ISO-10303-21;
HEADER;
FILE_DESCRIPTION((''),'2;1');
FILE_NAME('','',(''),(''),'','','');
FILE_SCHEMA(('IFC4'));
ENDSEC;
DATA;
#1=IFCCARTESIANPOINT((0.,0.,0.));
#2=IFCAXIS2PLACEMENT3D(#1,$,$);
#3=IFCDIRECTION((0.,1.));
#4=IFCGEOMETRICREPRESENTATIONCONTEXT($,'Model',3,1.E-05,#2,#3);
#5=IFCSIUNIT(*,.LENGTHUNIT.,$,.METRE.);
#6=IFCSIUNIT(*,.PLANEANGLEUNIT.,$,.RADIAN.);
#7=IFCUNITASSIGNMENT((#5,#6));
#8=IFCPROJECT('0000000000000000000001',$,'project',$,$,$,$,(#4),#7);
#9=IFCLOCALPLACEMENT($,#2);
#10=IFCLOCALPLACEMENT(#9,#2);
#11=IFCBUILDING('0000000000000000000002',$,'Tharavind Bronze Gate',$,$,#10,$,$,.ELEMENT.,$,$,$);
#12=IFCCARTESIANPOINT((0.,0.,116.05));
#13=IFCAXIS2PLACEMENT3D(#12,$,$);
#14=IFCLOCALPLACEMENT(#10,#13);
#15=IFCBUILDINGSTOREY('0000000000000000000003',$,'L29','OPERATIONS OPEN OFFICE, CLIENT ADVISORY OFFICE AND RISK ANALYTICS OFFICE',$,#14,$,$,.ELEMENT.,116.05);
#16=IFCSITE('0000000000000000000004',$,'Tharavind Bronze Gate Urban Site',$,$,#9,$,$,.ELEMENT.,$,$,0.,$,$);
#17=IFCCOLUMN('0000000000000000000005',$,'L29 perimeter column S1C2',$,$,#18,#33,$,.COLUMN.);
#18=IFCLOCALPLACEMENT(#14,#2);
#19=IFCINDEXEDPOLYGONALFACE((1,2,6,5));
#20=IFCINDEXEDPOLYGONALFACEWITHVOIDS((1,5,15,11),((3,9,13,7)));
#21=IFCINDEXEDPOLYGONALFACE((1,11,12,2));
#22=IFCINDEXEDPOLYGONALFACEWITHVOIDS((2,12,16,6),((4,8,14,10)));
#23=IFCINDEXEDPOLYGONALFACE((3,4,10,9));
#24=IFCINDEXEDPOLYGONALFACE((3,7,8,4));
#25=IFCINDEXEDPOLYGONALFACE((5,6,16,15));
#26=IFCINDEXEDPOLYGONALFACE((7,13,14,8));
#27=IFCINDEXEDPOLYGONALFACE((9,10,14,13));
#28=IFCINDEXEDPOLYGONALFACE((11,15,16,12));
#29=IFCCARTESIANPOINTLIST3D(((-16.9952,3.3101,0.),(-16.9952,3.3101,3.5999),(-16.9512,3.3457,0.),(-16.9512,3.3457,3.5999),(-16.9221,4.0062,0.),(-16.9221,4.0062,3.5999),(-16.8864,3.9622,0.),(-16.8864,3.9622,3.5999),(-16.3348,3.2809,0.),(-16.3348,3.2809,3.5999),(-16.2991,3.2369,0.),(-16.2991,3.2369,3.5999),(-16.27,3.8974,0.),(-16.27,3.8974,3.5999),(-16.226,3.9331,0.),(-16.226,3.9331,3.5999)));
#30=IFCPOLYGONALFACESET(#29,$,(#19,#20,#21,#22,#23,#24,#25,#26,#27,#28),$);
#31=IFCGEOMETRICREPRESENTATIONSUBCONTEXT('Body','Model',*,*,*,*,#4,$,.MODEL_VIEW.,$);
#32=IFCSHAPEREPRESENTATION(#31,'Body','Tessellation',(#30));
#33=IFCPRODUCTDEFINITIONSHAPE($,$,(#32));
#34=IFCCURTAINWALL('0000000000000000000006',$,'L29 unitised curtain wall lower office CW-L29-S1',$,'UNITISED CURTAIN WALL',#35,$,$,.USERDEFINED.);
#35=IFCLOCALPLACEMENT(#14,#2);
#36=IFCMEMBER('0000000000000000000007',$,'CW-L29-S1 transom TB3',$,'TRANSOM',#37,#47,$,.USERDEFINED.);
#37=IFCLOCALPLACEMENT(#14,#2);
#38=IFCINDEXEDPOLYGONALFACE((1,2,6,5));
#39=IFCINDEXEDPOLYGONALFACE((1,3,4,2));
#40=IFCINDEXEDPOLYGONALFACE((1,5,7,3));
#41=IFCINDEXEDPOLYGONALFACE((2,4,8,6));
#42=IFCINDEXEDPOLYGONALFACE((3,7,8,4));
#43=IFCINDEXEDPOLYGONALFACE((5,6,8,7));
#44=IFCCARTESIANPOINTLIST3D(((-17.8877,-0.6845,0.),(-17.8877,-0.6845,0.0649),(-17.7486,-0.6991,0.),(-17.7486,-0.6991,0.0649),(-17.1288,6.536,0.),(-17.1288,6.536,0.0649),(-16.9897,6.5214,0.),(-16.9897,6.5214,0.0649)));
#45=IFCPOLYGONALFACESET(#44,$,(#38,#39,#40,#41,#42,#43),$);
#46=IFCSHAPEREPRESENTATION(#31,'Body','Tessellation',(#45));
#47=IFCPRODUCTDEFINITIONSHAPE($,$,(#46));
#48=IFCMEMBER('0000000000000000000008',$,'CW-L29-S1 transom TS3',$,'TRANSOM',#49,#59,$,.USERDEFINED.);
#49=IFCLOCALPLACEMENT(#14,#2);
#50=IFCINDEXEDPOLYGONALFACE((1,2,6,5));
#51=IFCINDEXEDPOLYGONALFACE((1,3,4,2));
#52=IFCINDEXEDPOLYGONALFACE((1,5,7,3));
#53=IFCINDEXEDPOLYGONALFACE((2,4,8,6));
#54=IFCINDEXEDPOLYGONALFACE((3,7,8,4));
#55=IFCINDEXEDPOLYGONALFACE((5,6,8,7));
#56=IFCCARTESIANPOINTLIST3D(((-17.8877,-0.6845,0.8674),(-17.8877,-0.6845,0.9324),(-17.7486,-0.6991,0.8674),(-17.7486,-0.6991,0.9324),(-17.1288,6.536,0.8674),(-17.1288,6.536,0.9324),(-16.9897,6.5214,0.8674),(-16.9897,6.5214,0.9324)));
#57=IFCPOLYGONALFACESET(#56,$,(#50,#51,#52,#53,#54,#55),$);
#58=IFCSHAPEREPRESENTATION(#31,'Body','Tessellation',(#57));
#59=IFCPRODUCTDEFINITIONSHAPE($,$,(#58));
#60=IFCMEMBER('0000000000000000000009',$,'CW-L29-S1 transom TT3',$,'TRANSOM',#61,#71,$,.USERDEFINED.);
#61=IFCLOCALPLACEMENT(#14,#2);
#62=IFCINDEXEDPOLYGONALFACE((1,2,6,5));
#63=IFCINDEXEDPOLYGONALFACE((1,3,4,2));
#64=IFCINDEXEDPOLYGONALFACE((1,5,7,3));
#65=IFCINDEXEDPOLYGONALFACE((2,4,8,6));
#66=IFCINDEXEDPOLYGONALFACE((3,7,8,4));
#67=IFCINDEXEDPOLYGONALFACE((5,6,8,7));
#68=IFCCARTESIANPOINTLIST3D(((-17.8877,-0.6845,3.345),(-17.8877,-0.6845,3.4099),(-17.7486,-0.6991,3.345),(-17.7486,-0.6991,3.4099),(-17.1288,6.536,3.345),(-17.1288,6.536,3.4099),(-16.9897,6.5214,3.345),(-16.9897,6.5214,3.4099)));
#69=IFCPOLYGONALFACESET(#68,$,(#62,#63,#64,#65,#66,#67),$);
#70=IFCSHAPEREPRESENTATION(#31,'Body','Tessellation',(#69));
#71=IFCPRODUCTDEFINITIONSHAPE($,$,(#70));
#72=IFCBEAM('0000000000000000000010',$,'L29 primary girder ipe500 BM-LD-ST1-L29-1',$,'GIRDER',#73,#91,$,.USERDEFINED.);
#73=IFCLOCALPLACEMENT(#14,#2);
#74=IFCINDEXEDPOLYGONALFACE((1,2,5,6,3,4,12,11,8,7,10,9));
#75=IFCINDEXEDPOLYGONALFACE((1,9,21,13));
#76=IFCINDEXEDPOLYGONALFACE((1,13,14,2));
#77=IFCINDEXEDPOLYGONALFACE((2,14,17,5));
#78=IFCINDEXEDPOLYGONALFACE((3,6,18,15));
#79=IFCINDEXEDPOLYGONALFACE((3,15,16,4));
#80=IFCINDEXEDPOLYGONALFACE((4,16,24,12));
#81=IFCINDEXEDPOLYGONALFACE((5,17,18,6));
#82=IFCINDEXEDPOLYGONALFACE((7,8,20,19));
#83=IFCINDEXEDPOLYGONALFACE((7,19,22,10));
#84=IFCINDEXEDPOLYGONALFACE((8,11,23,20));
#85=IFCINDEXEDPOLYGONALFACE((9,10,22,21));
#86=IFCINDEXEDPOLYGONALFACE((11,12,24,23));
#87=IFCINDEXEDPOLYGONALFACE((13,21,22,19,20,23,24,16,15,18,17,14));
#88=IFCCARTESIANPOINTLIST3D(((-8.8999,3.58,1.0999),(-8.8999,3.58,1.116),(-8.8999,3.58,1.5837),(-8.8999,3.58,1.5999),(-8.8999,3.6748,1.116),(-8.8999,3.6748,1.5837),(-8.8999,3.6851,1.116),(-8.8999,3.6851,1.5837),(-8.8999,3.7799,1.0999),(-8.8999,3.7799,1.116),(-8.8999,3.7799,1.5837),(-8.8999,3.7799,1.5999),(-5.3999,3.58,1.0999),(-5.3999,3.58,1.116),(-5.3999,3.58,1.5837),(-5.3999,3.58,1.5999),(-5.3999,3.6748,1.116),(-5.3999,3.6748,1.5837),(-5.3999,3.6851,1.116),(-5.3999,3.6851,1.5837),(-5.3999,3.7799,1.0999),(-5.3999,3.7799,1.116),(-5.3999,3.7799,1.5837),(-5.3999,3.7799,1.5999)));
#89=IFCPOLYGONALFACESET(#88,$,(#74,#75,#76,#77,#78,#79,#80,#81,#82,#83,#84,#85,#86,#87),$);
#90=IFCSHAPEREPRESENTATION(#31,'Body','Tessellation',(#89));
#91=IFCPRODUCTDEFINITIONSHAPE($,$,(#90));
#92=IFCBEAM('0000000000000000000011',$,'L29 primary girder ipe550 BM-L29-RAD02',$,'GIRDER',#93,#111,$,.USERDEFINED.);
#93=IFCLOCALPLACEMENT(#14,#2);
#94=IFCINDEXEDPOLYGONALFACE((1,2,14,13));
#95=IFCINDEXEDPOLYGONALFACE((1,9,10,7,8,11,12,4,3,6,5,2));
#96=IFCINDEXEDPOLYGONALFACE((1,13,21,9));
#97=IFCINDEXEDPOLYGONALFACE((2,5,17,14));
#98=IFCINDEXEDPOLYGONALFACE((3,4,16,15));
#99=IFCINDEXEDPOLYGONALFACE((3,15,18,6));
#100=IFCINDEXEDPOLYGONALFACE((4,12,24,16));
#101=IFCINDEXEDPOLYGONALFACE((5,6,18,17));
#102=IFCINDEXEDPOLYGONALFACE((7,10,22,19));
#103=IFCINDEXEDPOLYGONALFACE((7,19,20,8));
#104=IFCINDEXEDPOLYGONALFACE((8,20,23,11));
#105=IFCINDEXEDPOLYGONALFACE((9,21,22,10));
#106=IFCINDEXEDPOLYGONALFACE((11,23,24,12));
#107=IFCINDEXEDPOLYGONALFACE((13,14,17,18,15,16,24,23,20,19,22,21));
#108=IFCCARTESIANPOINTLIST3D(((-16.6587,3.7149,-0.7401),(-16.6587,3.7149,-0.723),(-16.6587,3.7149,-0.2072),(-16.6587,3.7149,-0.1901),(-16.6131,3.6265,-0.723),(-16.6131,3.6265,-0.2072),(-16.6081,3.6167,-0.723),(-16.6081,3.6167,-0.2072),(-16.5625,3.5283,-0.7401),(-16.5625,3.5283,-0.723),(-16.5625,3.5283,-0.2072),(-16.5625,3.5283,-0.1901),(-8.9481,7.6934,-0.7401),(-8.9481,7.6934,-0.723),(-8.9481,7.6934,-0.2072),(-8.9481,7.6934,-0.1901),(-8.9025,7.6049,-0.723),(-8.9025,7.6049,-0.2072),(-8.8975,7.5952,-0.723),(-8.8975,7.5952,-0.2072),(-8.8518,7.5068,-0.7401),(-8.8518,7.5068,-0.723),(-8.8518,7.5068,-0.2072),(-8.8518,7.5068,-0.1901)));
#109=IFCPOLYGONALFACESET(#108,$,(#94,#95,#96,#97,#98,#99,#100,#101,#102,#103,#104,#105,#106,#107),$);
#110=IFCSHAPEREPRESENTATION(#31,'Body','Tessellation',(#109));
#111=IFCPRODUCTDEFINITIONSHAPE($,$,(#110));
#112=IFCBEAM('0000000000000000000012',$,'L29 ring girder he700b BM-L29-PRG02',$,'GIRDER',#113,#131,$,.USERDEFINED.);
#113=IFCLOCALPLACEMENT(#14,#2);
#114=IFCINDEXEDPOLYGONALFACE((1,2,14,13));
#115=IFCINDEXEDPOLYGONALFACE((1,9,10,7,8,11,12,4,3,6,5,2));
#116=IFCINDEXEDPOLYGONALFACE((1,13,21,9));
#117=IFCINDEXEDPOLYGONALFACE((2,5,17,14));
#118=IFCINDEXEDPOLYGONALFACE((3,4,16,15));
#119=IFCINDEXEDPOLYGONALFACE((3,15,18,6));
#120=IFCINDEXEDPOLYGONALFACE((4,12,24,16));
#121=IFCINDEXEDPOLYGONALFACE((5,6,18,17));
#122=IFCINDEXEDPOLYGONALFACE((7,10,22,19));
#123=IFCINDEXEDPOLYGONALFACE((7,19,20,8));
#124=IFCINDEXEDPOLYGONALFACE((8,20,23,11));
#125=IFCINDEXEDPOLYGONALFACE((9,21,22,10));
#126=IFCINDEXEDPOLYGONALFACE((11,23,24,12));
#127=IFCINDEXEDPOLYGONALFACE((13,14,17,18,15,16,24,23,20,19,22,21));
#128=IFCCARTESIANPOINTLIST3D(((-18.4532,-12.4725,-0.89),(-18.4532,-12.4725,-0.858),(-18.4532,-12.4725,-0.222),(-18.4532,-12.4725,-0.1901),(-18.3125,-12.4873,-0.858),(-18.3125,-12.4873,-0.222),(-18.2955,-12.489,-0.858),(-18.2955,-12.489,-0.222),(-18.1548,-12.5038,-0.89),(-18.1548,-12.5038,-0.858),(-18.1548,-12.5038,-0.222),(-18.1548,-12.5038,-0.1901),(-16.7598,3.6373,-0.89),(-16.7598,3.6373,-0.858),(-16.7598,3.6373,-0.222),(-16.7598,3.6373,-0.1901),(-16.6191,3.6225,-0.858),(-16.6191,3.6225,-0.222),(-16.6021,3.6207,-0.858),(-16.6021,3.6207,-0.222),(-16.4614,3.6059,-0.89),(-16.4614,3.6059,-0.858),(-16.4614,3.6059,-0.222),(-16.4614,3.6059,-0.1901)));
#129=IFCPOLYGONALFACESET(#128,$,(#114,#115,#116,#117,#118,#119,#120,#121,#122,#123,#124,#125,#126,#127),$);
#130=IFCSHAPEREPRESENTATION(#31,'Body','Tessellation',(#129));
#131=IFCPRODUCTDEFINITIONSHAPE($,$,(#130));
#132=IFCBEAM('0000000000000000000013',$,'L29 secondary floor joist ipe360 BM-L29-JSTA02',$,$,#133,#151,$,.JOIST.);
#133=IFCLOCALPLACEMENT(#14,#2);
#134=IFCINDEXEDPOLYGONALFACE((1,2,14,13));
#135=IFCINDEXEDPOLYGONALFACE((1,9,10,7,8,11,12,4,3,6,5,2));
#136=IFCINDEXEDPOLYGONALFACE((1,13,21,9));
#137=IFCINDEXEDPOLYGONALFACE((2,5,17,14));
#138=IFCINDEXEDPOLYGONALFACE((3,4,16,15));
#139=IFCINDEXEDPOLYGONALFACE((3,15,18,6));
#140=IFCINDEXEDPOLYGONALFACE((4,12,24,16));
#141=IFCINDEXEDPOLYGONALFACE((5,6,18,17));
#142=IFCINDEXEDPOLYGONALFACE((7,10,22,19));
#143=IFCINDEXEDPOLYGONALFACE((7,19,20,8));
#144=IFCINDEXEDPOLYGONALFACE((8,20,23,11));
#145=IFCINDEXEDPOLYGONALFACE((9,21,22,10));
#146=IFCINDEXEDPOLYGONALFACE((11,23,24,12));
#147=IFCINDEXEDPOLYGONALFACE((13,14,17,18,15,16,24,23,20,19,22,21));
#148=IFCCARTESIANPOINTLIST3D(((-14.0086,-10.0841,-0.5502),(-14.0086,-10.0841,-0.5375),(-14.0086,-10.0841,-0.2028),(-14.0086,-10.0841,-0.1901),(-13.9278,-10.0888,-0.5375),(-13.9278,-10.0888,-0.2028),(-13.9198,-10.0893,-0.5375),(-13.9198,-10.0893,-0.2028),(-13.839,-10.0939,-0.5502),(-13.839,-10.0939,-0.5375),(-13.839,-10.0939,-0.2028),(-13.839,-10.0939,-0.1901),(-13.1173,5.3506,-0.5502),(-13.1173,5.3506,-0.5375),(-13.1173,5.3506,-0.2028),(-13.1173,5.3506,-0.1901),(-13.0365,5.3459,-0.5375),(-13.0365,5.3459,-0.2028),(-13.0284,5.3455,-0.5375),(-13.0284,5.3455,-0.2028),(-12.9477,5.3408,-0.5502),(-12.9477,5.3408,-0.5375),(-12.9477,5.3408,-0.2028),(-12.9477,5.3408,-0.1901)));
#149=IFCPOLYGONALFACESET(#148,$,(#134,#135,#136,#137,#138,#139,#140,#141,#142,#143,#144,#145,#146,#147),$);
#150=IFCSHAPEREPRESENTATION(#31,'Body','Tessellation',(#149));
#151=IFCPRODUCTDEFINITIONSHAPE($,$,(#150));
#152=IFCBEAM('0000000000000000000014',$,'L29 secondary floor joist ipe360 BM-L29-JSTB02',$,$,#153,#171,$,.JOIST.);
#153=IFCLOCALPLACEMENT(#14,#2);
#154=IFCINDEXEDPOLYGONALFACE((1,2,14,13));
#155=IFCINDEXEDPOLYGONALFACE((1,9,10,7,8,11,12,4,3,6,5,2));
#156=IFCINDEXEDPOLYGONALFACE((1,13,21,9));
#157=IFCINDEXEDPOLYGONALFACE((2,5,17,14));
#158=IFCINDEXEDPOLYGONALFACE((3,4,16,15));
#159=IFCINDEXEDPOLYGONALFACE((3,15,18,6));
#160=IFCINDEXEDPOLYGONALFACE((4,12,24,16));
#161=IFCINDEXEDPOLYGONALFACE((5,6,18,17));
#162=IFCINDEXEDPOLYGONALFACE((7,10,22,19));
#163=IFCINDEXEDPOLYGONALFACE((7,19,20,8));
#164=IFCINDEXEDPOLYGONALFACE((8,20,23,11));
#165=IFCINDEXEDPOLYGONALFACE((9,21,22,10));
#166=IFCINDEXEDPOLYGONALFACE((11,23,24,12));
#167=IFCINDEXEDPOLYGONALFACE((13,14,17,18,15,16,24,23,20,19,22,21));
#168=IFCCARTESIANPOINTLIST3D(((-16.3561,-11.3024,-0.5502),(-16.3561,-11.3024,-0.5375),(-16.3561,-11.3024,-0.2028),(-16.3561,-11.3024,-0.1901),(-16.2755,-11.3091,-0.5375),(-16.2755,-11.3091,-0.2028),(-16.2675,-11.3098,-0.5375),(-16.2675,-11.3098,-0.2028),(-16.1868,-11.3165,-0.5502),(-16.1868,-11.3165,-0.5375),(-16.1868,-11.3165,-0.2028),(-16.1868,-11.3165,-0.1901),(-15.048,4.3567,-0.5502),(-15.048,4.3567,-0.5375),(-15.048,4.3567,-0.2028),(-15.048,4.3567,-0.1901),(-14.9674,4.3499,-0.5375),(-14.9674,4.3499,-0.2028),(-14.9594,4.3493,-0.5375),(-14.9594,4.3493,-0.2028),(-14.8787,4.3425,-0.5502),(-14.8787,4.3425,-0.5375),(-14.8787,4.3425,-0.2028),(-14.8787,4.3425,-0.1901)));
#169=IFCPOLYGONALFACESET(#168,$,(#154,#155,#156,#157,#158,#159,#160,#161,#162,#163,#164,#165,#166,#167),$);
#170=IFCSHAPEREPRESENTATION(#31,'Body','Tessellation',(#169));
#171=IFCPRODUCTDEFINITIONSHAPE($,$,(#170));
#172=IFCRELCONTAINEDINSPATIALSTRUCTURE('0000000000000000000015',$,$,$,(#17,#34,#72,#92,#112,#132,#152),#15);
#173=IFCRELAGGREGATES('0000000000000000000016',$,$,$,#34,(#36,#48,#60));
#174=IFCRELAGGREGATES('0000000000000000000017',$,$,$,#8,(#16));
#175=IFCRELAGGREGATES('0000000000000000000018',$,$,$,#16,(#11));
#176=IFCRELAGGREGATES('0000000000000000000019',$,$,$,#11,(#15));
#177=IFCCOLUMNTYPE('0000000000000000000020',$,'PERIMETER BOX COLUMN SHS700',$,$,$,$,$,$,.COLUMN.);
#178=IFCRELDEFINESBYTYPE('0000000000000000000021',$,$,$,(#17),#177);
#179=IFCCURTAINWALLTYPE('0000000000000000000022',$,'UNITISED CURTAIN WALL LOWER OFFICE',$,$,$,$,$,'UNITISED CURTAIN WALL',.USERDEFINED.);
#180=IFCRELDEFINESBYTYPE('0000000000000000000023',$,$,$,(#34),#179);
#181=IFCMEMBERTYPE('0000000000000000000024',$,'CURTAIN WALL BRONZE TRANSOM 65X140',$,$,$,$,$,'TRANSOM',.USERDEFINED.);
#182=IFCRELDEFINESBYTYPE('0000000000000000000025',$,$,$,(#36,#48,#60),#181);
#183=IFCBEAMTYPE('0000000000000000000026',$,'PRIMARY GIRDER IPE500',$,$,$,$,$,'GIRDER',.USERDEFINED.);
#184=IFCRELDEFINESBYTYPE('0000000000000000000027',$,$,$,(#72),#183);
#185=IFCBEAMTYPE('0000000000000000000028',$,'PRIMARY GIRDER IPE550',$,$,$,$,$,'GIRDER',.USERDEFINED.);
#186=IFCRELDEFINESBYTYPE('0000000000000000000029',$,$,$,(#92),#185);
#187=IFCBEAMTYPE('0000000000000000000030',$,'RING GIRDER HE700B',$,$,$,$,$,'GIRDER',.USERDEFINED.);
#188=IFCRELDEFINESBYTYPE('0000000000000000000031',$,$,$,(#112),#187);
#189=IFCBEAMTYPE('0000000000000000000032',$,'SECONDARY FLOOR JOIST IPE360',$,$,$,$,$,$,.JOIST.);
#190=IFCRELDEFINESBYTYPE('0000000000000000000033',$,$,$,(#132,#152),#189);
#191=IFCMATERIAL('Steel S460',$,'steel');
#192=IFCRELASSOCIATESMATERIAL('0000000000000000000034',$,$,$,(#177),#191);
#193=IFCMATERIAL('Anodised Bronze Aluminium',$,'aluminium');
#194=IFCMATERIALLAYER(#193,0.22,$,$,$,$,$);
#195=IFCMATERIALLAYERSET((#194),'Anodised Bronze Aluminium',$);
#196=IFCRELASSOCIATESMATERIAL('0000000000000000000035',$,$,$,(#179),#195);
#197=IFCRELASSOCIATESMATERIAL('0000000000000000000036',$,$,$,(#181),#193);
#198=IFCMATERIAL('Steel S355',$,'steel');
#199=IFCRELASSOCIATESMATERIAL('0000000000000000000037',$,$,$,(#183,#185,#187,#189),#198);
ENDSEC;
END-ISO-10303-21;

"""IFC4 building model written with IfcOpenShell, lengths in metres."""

from ifc_helpers import new_model, si_unit, direction, frame, origin, origin_2d, place, context, subcontext, project, spatial, rectangle, hollow_rectangle, i_section, extrude, material, layer, layer_set, material_profile, profile_set, type_object, element, aggregate, save


model = new_model("IFC4")

# Units and contexts
model_context = context("Model", 3, precision=1e-05, world=origin(), true_north=direction((0.0, 1.0)))
body_context = subcontext(model_context, "Body", "Model", "MODEL_VIEW")
ifc_project = project(units=[si_unit("LENGTHUNIT", "METRE"), si_unit("PLANEANGLEUNIT", "RADIAN")], contexts=[model_context])

# Site, building, storey
site_placement = place(None, origin())
site = spatial("IfcSite", under=ifc_project, at=site_placement, Name="Tharavind Bronze Gate Urban Site", CompositionType="ELEMENT", RefElevation=0.0)
building_placement = place(site_placement, origin())
building = spatial("IfcBuilding", under=site, at=building_placement, Name="Tharavind Bronze Gate", CompositionType="ELEMENT")
storey_placement = place(building_placement, frame((0.0, 0.0, 116.05)))
storey = spatial("IfcBuildingStorey", under=building, at=storey_placement, Name="L29", Description="OPERATIONS OPEN OFFICE, CLIENT ADVISORY OFFICE AND RISK ANALYTICS OFFICE", CompositionType="ELEMENT", Elevation=116.05)

# Column
ifc_material_1 = material(Name="Steel S460", Category="steel")
ifc_material_profile_1 = material_profile(ifc_material_1, hollow_rectangle(XDim=0.7, YDim=0.7, WallThickness=0.04, at=origin_2d()), Name="SHS700X40")
ifc_profile_set_1 = profile_set([ifc_material_profile_1], Name="Steel S460")
column_type = type_object("IfcColumnType", Name="PERIMETER BOX COLUMN SHS700", PredefinedType="COLUMN", material=ifc_profile_set_1)
column_placement = place(storey_placement, frame((-16.6106, 3.6216, 0.0), z_axis=(0.0, 0.0, 1.0), x_axis=(0.10453, 0.994522, 0.0)))
element("IfcColumn", 1, at=column_placement, inside=storey, type_object=column_type, Name="L29 perimeter column S1C2", PredefinedType="COLUMN", context=body_context, shape_type="SweptSolid", body=[
    extrude(hollow_rectangle(XDim=0.7, YDim=0.7, WallThickness=0.04, at=origin_2d()), origin(), (0.0, 0.0, 1.0), 3.5999),
])

# Curtain wall, members
ifc_material_2 = material(Name="Anodised Bronze Aluminium", Category="aluminium")
ifc_layer_1 = layer(ifc_material_2, 0.22)
ifc_layer_set_1 = layer_set([ifc_layer_1], Name="Anodised Bronze Aluminium")
curtain_wall_type = type_object("IfcCurtainWallType", Name="UNITISED CURTAIN WALL LOWER OFFICE", ElementType="UNITISED CURTAIN WALL", PredefinedType="USERDEFINED", material=ifc_layer_set_1)
curtain_wall_placement = place(storey_placement, origin())
curtain_wall = element("IfcCurtainWall", 2, at=curtain_wall_placement, inside=storey, type_object=curtain_wall_type, Name="L29 unitised curtain wall lower office CW-L29-S1", ObjectType="UNITISED CURTAIN WALL", PredefinedType="USERDEFINED")
member_type = type_object("IfcMemberType", Name="CURTAIN WALL BRONZE TRANSOM 65X140", ElementType="TRANSOM", PredefinedType="USERDEFINED", material=ifc_material_2)
member_1_placement = place(storey_placement, frame((-17.4387, 2.9185, 0.0), z_axis=(0.0, 0.0, 1.0), x_axis=(-0.104527, -0.994522, 0.0)))
member_1 = element("IfcMember", 3, at=member_1_placement, type_object=member_type, Name="CW-L29-S1 transom TB3", ObjectType="TRANSOM", PredefinedType="USERDEFINED", context=body_context, shape_type="SweptSolid", body=[
    extrude(rectangle(XDim=7.2603, YDim=0.1399, at=origin_2d()), origin(), (0.0, 0.0, 1.0), 0.0649),
])
member_2_placement = place(storey_placement, frame((-17.4387, 2.9185, 0.8674), z_axis=(0.0, 0.0, 1.0), x_axis=(-0.104527, -0.994522, 0.0)))
member_2 = element("IfcMember", 4, at=member_2_placement, type_object=member_type, Name="CW-L29-S1 transom TS3", ObjectType="TRANSOM", PredefinedType="USERDEFINED", context=body_context, shape_type="SweptSolid", body=[
    extrude(rectangle(XDim=7.2603, YDim=0.1399, at=origin_2d()), origin(), (0.0, 0.0, 1.0), 0.0649),
])
member_3_placement = place(storey_placement, frame((-17.4387, 2.9185, 3.345), z_axis=(0.0, 0.0, 1.0), x_axis=(-0.104527, -0.994522, 0.0)))
member_3 = element("IfcMember", 5, at=member_3_placement, type_object=member_type, Name="CW-L29-S1 transom TT3", ObjectType="TRANSOM", PredefinedType="USERDEFINED", context=body_context, shape_type="SweptSolid", body=[
    extrude(rectangle(XDim=7.2603, YDim=0.1399, at=origin_2d()), origin(), (0.0, 0.0, 1.0), 0.0649),
])

# Beams
ifc_material_3 = material(Name="Steel S355", Category="steel")
ifc_material_profile_2 = material_profile(ifc_material_3, i_section(OverallWidth=0.2, OverallDepth=0.5, WebThickness=0.0103, FlangeThickness=0.0161, at=origin_2d()), Name="IPE500")
ifc_profile_set_2 = profile_set([ifc_material_profile_2], Name="Steel S355")
beam_type_1 = type_object("IfcBeamType", Name="PRIMARY GIRDER IPE500", ElementType="GIRDER", PredefinedType="USERDEFINED", material=ifc_profile_set_2)
beam_1_placement = place(storey_placement, frame((-8.8999, 3.6799, 1.3499), z_axis=(1.0, 0.0, 0.0), x_axis=(0.0, 1.0, 0.0)))
element("IfcBeam", 6, at=beam_1_placement, inside=storey, type_object=beam_type_1, Name="L29 primary girder ipe500 BM-LD-ST1-L29-1", ObjectType="GIRDER", PredefinedType="USERDEFINED", context=body_context, shape_type="SweptSolid", body=[
    extrude(i_section(OverallWidth=0.2, OverallDepth=0.5, WebThickness=0.0103, FlangeThickness=0.0161, at=origin_2d()), origin(), (0.0, 0.0, 1.0), 3.5),
])
ifc_material_profile_3 = material_profile(ifc_material_3, i_section(OverallWidth=0.21, OverallDepth=0.55, WebThickness=0.011, FlangeThickness=0.0171, at=origin_2d()), Name="IPE550")
ifc_profile_set_3 = profile_set([ifc_material_profile_3], Name="Steel S355")
beam_type_2 = type_object("IfcBeamType", Name="PRIMARY GIRDER IPE550", ElementType="GIRDER", PredefinedType="USERDEFINED", material=ifc_profile_set_3)
beam_2_placement = place(storey_placement, frame((-16.6106, 3.6216, -0.4651), z_axis=(0.888677, 0.458534, 0.0), x_axis=(-0.458534, 0.888677, 0.0)))
element("IfcBeam", 7, at=beam_2_placement, inside=storey, type_object=beam_type_2, Name="L29 primary girder ipe550 BM-L29-RAD02", ObjectType="GIRDER", PredefinedType="USERDEFINED", context=body_context, shape_type="SweptSolid", body=[
    extrude(i_section(OverallWidth=0.21, OverallDepth=0.55, WebThickness=0.011, FlangeThickness=0.0171, at=origin_2d()), origin(), (0.0, 0.0, 1.0), 8.6765),
])
ifc_material_profile_4 = material_profile(ifc_material_3, i_section(OverallWidth=0.3, OverallDepth=0.7, WebThickness=0.0171, FlangeThickness=0.032, at=origin_2d()), Name="HE700B")
ifc_profile_set_4 = profile_set([ifc_material_profile_4], Name="Steel S355")
beam_type_3 = type_object("IfcBeamType", Name="RING GIRDER HE700B", ElementType="GIRDER", PredefinedType="USERDEFINED", material=ifc_profile_set_4)
beam_3_placement = place(storey_placement, frame((-16.6106, 3.6216, -0.54), z_axis=(-0.104539, -0.994521, 0.0), x_axis=(0.994521, -0.104539, 0.0)))
element("IfcBeam", 8, at=beam_3_placement, inside=storey, type_object=beam_type_3, Name="L29 ring girder he700b BM-L29-PRG02", ObjectType="GIRDER", PredefinedType="USERDEFINED", context=body_context, shape_type="SweptSolid", body=[
    extrude(i_section(OverallWidth=0.3, OverallDepth=0.7, WebThickness=0.0171, FlangeThickness=0.032, at=origin_2d()), origin(), (0.0, 0.0, 1.0), 16.1985),
])
ifc_material_profile_5 = material_profile(ifc_material_3, i_section(OverallWidth=0.1699, OverallDepth=0.3601, WebThickness=0.0081, FlangeThickness=0.0127, at=origin_2d()), Name="IPE360")
ifc_profile_set_5 = profile_set([ifc_material_profile_5], Name="Steel S355")
beam_type_4 = type_object("IfcBeamType", Name="SECONDARY FLOOR JOIST IPE360", PredefinedType="JOIST", material=ifc_profile_set_5)
beam_4_placement = place(storey_placement, frame((-13.0325, 5.3457, -0.3701), z_axis=(-0.057654, -0.998337, 0.0), x_axis=(0.998337, -0.057654, 0.0)))
element("IfcBeam", 9, at=beam_4_placement, inside=storey, type_object=beam_type_4, Name="L29 secondary floor joist ipe360 BM-L29-JSTA02", PredefinedType="JOIST", context=body_context, shape_type="SweptSolid", body=[
    extrude(i_section(OverallWidth=0.1699, OverallDepth=0.3601, WebThickness=0.0081, FlangeThickness=0.0127, at=origin_2d()), origin(), (0.0, 0.0, 1.0), 15.4604),
])
beam_5_placement = place(storey_placement, frame((-14.9634, 4.3496, -0.3701), z_axis=(-0.083246, -0.996529, 0.0), x_axis=(0.996529, -0.083246, 0.0)))
element("IfcBeam", 10, at=beam_5_placement, inside=storey, type_object=beam_type_4, Name="L29 secondary floor joist ipe360 BM-L29-JSTB02", PredefinedType="JOIST", context=body_context, shape_type="SweptSolid", body=[
    extrude(i_section(OverallWidth=0.1699, OverallDepth=0.3601, WebThickness=0.0081, FlangeThickness=0.0127, at=origin_2d()), origin(), (0.0, 0.0, 1.0), 15.7136),
])

aggregate(curtain_wall, [member_1, member_2, member_3])

save(model, "model.ifc")
